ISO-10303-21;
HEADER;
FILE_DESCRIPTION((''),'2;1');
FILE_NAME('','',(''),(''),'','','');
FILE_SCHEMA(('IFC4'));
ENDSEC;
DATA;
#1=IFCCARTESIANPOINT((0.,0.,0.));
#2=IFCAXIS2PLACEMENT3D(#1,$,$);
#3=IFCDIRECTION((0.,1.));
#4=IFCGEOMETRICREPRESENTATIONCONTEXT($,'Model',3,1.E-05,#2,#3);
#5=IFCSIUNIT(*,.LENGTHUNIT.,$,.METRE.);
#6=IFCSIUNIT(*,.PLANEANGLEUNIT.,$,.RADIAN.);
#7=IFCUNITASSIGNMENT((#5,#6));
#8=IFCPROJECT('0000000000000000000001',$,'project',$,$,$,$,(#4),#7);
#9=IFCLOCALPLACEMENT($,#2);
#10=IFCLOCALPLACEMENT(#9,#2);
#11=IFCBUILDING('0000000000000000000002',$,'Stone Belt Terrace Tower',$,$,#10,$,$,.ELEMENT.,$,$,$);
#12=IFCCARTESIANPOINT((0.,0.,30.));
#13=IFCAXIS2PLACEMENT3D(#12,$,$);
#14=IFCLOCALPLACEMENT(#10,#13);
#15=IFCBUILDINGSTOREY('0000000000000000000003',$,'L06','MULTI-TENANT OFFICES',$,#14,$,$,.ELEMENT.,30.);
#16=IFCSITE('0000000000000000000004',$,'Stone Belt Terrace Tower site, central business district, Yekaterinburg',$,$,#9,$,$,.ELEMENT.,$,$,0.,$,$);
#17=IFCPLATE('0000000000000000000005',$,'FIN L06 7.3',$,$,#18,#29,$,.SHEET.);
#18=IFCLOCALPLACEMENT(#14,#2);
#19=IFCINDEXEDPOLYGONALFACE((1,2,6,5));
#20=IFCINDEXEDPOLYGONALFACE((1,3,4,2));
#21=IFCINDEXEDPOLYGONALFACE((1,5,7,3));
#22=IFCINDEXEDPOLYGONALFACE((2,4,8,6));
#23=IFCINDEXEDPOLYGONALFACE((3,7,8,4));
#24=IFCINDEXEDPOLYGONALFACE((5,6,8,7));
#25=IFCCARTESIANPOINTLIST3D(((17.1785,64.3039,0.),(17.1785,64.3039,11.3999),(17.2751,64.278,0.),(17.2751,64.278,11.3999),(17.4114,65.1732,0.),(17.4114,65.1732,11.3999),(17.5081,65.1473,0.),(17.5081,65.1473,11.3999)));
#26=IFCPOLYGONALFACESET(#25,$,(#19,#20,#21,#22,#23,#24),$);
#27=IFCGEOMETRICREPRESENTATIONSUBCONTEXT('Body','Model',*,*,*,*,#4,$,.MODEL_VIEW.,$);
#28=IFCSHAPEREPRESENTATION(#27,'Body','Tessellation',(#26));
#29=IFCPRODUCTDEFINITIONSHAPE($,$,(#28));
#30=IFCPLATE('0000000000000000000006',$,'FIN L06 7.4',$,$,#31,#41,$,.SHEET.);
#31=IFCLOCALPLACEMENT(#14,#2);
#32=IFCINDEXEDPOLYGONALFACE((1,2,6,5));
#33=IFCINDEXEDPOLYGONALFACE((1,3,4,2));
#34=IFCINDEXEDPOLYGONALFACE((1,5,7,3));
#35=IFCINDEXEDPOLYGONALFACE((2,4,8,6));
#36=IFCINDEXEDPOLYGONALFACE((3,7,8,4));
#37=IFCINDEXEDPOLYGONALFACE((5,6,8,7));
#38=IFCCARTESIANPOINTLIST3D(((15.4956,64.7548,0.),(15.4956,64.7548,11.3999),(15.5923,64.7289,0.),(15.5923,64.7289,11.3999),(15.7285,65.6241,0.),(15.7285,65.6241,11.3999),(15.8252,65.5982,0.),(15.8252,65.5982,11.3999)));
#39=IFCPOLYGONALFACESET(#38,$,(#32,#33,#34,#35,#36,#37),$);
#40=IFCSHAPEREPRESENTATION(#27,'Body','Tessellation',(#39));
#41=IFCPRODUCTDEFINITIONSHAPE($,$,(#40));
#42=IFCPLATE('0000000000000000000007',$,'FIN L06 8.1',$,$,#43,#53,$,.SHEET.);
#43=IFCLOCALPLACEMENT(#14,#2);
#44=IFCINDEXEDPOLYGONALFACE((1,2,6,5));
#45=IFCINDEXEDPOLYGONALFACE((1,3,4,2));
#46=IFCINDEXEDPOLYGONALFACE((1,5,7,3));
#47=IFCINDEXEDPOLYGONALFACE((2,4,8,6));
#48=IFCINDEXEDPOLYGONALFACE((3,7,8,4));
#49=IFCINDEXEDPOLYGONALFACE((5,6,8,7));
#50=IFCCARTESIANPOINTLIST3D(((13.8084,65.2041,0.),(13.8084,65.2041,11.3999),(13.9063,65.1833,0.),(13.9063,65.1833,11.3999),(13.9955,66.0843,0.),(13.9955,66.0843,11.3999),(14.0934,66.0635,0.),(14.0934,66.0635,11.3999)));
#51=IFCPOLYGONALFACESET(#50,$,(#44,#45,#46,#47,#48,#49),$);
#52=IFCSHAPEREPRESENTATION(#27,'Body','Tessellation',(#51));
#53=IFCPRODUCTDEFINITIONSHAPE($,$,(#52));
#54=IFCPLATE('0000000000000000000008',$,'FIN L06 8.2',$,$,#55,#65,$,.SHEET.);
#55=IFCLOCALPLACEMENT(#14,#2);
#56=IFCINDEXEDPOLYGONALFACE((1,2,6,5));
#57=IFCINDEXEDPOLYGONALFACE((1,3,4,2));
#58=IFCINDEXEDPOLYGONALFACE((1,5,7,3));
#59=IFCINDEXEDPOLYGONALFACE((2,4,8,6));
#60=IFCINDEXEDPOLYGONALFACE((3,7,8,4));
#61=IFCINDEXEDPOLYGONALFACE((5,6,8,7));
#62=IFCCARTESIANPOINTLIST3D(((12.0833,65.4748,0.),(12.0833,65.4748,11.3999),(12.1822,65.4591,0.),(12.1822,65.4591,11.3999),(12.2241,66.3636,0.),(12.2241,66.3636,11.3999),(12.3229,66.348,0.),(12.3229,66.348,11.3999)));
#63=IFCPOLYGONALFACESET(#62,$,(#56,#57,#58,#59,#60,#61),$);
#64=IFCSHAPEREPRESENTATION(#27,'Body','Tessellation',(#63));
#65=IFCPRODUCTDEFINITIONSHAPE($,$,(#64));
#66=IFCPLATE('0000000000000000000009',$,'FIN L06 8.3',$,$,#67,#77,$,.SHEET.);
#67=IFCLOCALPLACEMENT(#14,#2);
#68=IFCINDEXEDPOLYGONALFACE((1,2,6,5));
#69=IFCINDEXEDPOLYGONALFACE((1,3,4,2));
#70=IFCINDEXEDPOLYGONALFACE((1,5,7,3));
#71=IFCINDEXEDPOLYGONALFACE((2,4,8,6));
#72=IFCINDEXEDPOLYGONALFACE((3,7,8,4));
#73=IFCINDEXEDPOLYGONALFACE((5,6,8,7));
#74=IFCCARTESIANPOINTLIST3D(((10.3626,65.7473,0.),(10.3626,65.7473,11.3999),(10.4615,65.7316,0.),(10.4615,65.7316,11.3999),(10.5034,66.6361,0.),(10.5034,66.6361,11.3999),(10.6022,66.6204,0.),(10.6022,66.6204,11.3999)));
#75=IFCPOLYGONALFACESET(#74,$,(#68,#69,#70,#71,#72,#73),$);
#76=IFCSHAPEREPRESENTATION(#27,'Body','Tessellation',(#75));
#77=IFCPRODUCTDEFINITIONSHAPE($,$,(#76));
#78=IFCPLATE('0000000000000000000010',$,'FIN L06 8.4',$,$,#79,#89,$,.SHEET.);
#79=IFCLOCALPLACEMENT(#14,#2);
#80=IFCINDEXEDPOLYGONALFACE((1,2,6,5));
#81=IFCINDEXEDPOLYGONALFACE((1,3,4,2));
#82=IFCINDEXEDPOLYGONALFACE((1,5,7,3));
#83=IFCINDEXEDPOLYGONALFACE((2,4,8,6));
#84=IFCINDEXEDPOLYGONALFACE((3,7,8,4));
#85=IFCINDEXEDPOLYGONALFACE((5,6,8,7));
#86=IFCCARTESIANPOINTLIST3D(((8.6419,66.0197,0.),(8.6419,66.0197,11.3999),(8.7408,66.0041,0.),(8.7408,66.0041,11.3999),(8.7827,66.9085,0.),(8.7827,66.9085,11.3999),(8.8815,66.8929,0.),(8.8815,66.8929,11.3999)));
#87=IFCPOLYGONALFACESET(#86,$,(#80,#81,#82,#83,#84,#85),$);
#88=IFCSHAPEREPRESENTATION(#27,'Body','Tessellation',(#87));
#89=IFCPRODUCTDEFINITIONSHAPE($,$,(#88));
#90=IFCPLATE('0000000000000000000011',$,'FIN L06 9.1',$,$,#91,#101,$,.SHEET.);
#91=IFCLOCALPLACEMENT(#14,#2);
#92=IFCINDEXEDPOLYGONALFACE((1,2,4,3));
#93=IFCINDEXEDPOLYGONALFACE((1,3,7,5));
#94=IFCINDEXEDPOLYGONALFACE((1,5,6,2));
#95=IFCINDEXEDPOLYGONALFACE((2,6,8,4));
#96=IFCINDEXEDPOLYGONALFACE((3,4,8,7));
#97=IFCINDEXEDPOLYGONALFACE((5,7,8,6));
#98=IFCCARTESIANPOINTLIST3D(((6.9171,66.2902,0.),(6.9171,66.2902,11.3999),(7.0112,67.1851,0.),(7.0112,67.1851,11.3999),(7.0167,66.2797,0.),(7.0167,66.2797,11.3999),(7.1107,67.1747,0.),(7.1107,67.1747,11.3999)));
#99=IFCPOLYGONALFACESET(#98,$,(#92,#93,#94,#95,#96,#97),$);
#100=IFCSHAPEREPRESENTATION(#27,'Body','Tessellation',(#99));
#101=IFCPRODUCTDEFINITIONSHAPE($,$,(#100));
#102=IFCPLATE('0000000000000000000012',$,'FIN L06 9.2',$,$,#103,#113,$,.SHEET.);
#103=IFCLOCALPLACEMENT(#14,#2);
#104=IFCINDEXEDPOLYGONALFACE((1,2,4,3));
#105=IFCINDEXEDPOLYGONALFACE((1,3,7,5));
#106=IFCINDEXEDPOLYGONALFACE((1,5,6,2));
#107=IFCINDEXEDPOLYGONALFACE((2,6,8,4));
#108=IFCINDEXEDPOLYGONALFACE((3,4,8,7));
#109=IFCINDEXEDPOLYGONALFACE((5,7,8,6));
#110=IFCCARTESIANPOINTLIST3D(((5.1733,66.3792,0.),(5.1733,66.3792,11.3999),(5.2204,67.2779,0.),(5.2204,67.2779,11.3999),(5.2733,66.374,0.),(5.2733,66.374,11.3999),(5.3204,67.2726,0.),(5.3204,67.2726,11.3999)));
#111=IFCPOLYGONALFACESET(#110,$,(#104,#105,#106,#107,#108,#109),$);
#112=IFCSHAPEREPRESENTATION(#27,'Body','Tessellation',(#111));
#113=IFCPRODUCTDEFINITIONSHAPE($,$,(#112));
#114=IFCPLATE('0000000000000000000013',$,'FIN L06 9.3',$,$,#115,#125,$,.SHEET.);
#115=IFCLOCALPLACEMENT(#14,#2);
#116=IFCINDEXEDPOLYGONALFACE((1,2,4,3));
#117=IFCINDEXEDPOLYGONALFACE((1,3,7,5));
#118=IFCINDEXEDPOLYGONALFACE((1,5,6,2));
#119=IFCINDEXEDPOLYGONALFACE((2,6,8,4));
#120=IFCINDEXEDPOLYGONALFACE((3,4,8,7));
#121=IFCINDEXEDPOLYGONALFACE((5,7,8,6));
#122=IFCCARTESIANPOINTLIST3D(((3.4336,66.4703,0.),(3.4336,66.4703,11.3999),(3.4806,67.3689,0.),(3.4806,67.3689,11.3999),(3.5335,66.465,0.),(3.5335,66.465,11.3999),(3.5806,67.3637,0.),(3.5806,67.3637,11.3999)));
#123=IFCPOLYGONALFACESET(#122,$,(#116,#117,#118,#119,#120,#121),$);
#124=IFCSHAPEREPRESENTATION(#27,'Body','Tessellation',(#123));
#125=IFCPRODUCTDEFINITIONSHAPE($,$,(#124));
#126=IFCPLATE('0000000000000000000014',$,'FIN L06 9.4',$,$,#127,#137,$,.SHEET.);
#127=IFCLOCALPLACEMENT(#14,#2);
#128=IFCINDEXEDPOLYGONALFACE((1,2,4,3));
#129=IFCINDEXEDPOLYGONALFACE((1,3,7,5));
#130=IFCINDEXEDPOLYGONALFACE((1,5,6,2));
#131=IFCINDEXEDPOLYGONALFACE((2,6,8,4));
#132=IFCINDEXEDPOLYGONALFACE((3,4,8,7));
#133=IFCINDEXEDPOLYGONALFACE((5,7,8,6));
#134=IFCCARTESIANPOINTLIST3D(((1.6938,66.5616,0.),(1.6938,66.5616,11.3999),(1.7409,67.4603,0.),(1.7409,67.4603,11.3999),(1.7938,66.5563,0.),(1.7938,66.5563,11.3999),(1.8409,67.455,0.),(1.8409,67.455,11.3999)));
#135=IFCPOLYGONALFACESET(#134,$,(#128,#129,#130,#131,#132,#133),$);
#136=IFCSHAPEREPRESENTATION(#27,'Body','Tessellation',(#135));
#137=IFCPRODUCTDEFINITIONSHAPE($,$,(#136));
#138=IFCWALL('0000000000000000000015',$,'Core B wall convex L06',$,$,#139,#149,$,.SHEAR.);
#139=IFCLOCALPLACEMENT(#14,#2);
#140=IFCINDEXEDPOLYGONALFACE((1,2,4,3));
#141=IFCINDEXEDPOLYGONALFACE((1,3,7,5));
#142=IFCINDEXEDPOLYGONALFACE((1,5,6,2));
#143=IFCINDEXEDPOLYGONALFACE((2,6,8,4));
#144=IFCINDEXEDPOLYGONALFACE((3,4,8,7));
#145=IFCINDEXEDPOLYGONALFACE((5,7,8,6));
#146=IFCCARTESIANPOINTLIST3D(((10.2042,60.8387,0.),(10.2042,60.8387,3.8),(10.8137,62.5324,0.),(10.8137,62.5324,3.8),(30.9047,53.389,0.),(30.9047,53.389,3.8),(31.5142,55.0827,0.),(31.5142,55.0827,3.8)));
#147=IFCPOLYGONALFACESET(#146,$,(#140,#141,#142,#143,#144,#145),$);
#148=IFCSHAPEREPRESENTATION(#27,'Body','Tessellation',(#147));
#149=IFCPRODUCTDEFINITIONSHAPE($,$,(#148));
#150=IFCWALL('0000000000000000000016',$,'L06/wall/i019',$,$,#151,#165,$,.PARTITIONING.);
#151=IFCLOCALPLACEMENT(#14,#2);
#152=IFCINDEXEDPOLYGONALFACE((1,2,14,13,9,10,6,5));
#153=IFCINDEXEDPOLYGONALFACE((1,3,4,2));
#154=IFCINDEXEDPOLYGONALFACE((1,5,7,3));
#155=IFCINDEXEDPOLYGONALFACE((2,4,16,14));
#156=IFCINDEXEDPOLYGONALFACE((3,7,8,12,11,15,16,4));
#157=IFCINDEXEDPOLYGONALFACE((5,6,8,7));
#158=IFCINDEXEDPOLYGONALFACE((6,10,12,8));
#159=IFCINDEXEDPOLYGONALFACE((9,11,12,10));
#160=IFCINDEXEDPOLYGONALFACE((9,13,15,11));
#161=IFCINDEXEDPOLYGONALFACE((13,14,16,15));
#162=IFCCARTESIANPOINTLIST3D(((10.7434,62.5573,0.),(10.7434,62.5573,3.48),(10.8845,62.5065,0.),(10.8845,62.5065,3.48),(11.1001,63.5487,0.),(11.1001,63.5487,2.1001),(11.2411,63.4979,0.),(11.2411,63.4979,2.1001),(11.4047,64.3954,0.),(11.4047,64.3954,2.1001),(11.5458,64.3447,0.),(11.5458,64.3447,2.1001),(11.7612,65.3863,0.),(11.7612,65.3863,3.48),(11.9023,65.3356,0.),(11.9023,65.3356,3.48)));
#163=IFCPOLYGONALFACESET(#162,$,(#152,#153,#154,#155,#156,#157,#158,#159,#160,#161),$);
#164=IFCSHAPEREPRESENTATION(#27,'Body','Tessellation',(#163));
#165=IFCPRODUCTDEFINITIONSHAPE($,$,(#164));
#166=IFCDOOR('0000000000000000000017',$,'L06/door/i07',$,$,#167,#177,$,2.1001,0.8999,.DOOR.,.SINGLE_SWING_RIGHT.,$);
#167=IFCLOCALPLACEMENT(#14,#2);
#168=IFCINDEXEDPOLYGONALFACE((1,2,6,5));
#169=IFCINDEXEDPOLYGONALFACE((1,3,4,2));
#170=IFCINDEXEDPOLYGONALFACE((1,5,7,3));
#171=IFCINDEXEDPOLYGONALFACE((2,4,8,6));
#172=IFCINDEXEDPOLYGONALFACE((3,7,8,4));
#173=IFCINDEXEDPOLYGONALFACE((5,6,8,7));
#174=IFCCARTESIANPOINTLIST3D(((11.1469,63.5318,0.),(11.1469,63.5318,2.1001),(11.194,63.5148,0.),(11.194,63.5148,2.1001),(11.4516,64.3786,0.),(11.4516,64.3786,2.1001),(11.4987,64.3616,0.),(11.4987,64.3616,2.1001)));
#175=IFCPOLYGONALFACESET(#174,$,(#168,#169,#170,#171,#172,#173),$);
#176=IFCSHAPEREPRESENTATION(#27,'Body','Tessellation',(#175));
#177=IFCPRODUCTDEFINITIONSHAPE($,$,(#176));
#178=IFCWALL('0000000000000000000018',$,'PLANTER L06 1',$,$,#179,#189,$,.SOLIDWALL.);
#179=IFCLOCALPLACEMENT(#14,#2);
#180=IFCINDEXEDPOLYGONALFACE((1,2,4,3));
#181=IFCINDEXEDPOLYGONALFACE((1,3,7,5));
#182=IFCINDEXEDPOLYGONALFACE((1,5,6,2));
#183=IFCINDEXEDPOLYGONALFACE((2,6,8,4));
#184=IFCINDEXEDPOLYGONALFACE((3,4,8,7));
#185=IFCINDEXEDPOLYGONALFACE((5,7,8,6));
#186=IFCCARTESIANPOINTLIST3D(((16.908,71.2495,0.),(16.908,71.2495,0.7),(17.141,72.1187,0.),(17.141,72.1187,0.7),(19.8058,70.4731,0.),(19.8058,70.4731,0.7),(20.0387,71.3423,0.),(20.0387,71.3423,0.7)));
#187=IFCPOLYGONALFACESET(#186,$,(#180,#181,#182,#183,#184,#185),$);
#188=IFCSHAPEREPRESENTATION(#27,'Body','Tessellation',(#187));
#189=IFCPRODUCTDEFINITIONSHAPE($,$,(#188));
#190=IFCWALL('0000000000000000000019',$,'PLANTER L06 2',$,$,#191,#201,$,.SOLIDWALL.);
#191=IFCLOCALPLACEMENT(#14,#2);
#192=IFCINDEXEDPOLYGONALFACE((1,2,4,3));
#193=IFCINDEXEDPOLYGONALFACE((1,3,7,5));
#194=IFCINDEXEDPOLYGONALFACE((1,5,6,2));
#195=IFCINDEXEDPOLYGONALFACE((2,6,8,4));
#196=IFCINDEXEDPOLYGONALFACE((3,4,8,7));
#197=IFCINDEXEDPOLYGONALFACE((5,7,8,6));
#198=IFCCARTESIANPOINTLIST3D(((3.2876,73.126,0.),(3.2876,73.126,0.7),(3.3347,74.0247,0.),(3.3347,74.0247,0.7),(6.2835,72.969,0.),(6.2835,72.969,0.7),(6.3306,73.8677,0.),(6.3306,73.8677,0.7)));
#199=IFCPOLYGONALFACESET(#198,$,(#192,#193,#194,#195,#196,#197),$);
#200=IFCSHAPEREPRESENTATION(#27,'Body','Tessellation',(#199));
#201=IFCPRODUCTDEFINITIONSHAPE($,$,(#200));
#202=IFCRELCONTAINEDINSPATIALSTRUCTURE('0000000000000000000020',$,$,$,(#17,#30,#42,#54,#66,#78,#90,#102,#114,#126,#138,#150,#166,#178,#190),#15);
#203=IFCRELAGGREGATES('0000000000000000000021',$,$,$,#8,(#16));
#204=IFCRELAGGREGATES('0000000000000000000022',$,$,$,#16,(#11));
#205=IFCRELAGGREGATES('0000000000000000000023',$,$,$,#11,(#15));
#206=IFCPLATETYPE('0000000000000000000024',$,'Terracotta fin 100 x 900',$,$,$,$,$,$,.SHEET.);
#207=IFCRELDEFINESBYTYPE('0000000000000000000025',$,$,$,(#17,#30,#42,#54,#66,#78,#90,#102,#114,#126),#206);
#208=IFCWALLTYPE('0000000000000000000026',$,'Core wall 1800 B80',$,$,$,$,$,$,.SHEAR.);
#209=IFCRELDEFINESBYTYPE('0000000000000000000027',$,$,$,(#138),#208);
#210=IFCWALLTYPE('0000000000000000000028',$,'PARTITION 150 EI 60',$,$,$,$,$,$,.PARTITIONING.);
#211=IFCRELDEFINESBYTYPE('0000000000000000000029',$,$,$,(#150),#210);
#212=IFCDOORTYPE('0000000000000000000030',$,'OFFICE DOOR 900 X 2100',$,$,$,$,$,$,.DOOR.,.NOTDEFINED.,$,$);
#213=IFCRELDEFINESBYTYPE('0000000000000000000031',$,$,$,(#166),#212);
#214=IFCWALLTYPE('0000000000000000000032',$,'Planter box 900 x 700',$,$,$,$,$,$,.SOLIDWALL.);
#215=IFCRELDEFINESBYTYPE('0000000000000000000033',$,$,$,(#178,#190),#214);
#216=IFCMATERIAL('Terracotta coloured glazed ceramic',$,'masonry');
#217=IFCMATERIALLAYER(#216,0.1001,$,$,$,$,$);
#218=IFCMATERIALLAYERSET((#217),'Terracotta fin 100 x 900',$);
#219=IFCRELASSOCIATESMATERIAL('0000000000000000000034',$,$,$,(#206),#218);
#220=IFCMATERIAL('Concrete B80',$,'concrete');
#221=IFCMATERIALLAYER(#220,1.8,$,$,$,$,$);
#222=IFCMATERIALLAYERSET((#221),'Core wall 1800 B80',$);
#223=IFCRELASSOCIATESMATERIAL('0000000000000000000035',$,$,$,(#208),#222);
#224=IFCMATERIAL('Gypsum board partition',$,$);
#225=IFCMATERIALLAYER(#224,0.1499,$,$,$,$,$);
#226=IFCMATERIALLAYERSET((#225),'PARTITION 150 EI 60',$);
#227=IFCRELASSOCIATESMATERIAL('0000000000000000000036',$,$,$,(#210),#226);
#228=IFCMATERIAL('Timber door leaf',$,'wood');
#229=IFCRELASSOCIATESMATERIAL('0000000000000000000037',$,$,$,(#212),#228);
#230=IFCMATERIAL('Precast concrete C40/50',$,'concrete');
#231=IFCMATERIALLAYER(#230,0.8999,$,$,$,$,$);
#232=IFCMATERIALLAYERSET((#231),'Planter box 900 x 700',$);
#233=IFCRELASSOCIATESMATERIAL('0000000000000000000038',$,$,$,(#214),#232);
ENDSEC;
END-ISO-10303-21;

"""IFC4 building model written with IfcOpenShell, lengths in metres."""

from ifc_helpers import new_model, si_unit, direction, frame, frame_2d, origin, origin_2d, place, context, subcontext, project, spatial, rectangle, extrude, material, layer, layer_set, type_object, element, fill, save


model = new_model("IFC4")

# Units and contexts
model_context = context("Model", 3, precision=1e-05, world=origin(), true_north=direction((0.0, 1.0)))
body_context = subcontext(model_context, "Body", "Model", "MODEL_VIEW")
ifc_project = project(units=[si_unit("LENGTHUNIT", "METRE"), si_unit("PLANEANGLEUNIT", "RADIAN")], contexts=[model_context])

# Site, building, storey
site_placement = place(None, origin())
site = spatial("IfcSite", under=ifc_project, at=site_placement, Name="Stone Belt Terrace Tower site, central business district, Yekaterinburg", CompositionType="ELEMENT", RefElevation=0.0)
building_placement = place(site_placement, origin())
building = spatial("IfcBuilding", under=site, at=building_placement, Name="Stone Belt Terrace Tower", CompositionType="ELEMENT")
storey_placement = place(building_placement, frame((0.0, 0.0, 30.0)))
storey = spatial("IfcBuildingStorey", under=building, at=storey_placement, Name="L06", Description="MULTI-TENANT OFFICES", CompositionType="ELEMENT", Elevation=30.0)

# Shared definitions
ifc_material_1 = material(Name="Concrete B80", Category="concrete")

# Plates
ifc_material_2 = material(Name="Terracotta coloured glazed ceramic", Category="masonry")
ifc_layer_1 = layer(ifc_material_2, 0.1001)
ifc_layer_set_1 = layer_set([ifc_layer_1], Name="Terracotta fin 100 x 900")
plate_type_1 = type_object("IfcPlateType", Name="Terracotta fin 100 x 900", PredefinedType="SHEET", material=ifc_layer_set_1)
for number, where, z_axis, x_axis, name in (
    (1, (17.3433, 64.7256, 0.0), (0.0, 0.0, 1.0), (0.258819, 0.965926, 0.0), "FIN L06 7.3"),
    (2, (15.6604, 65.1765, 0.0), (0.0, 0.0, 1.0), (0.258819, 0.965926, 0.0), "FIN L06 7.4"),
    (3, (13.9509, 65.6338, 0.0), (0.0, 0.0, 1.0), (0.207912, 0.978148, 0.0), "FIN L06 8.1"),
    (4, (12.2031, 65.9114, 0.0), (0.0, 0.0, 1.0), (0.156434, 0.987688, 0.0), "FIN L06 8.2"),
    (5, (10.4824, 66.1838, 0.0), (0.0, 0.0, 1.0), (0.156434, 0.987688, 0.0), "FIN L06 8.3"),
    (6, (8.7617, 66.4563, 0.0), (0.0, 0.0, 1.0), (0.156434, 0.987688, 0.0), "FIN L06 8.4"),
    (7, (7.0139, 66.7324, 0.0), (0.0, 0.0, 1.0), (0.104528, 0.994522, 0.0), "FIN L06 9.1"),
    (8, (5.2468, 66.8259, 0.0), (0.0, 0.0, 1.0), (0.052336, 0.99863, 0.0), "FIN L06 9.2"),
    (9, (3.5071, 66.917, 0.0), (0.0, 0.0, 1.0), (0.052336, 0.99863, 0.0), "FIN L06 9.3"),
    (10, (1.7673, 67.0083, 0.0), (0.0, 0.0, 1.0), (0.052336, 0.99863, 0.0), "FIN L06 9.4"),
):
    element("IfcPlate", number, at=place(storey_placement, frame(where, z_axis=z_axis, x_axis=x_axis)), inside=storey, type_object=plate_type_1, Name=name, PredefinedType="SHEET", context=body_context, shape_type="SweptSolid", body=[
        extrude(rectangle(XDim=0.8999, YDim=0.1001, at=origin_2d()), origin(), (0.0, 0.0, 1.0), 11.3999),
    ])

# Wall
ifc_layer_2 = layer(ifc_material_1, 1.8)
ifc_layer_set_2 = layer_set([ifc_layer_2], Name="Core wall 1800 B80")
wall_type_1 = type_object("IfcWallType", Name="Core wall 1800 B80", PredefinedType="SHEAR", material=ifc_layer_set_2)
wall_1_placement = place(storey_placement, frame((10.509, 61.6855, 0.0), z_axis=(0.0, 0.0, 1.0), x_axis=(0.940923, -0.338621, 0.0)))
element("IfcWall", 11, at=wall_1_placement, inside=storey, type_object=wall_type_1, Name="Core B wall convex L06", PredefinedType="SHEAR", context=body_context, shape_type="SweptSolid", body=[
    extrude(rectangle(XDim=22.0002, YDim=1.8, at=frame_2d((11.0, 0.0))), origin(), (0.0, 0.0, 1.0), 3.8),
])

# Wall, opening, door
ifc_material_3 = material(Name="Gypsum board partition")
ifc_layer_3 = layer(ifc_material_3, 0.1499)
ifc_layer_set_3 = layer_set([ifc_layer_3], Name="PARTITION 150 EI 60")
wall_type_2 = type_object("IfcWallType", Name="PARTITION 150 EI 60", PredefinedType="PARTITIONING", material=ifc_layer_set_3)
wall_2_placement = place(storey_placement, frame((11.8318, 65.3611, 0.0), z_axis=(0.0, 0.0, 1.0), x_axis=(-0.338527, -0.940957, 0.0)))
wall_2 = element("IfcWall", 12, at=wall_2_placement, inside=storey, type_object=wall_type_2, Name="L06/wall/i019", PredefinedType="PARTITIONING", context=body_context, shape_type="SweptSolid", body=[
    extrude(rectangle(XDim=3.0066, YDim=0.1499, at=frame_2d((1.5034, 0.0))), origin(), (0.0, 0.0, 1.0), 3.48),
])
opening_placement = place(wall_2_placement, frame((1.0532, 0.0, 0.0)))
opening = element("IfcOpeningElement", 13, at=opening_placement, cuts=wall_2, PredefinedType="OPENING", context=body_context, shape_type="SweptSolid", body=[
    extrude(rectangle(XDim=0.8999, YDim=2.1001, at=frame_2d((0.45, 1.05))), frame((0.0, 0.085, 0.0), z_axis=(0.0, -1.0, 0.0), x_axis=(1.0, 0.0, 0.0)), (0.0, 0.0, 1.0), 0.1699),
])
ifc_material_4 = material(Name="Timber door leaf", Category="wood")
door_type = type_object("IfcDoorType", Name="OFFICE DOOR 900 X 2100", OperationType="NOTDEFINED", PredefinedType="DOOR", material=ifc_material_4)
door_placement = place(opening_placement, origin())
door = element("IfcDoor", 14, at=door_placement, inside=storey, type_object=door_type, Name="L06/door/i07", OperationType="SINGLE_SWING_RIGHT", OverallHeight=2.1001, OverallWidth=0.8999, PredefinedType="DOOR", context=body_context, shape_type="SweptSolid", body=[
    extrude(rectangle(XDim=0.8999, YDim=2.1001, at=frame_2d((0.45, 1.05))), frame((0.0, 0.0249, 0.0), z_axis=(0.0, -1.0, 0.0), x_axis=(1.0, 0.0, 0.0)), (0.0, 0.0, 1.0), 0.05),
])
fill(opening, door)

# Walls
ifc_material_5 = material(Name="Precast concrete C40/50", Category="concrete")
ifc_layer_4 = layer(ifc_material_5, 0.8999)
ifc_layer_set_4 = layer_set([ifc_layer_4], Name="Planter box 900 x 700")
wall_type_3 = type_object("IfcWallType", Name="Planter box 900 x 700", PredefinedType="SOLIDWALL", material=ifc_layer_set_4)
for number, where, z_axis, x_axis, name in (
    (15, (18.4734, 71.2959, 0.0), (0.0, 0.0, 1.0), (-0.965926, 0.258819, 0.0), "PLANTER L06 1"),
    (16, (4.8091, 73.4968, 0.0), (0.0, 0.0, 1.0), (-0.99863, 0.052336, 0.0), "PLANTER L06 2"),
):
    element("IfcWall", number, at=place(storey_placement, frame(where, z_axis=z_axis, x_axis=x_axis)), inside=storey, type_object=wall_type_3, Name=name, PredefinedType="SOLIDWALL", context=body_context, shape_type="SweptSolid", body=[
        extrude(rectangle(XDim=3.0, YDim=0.8999, at=origin_2d()), origin(), (0.0, 0.0, 1.0), 0.7),
    ])

save(model, "model.ifc")
